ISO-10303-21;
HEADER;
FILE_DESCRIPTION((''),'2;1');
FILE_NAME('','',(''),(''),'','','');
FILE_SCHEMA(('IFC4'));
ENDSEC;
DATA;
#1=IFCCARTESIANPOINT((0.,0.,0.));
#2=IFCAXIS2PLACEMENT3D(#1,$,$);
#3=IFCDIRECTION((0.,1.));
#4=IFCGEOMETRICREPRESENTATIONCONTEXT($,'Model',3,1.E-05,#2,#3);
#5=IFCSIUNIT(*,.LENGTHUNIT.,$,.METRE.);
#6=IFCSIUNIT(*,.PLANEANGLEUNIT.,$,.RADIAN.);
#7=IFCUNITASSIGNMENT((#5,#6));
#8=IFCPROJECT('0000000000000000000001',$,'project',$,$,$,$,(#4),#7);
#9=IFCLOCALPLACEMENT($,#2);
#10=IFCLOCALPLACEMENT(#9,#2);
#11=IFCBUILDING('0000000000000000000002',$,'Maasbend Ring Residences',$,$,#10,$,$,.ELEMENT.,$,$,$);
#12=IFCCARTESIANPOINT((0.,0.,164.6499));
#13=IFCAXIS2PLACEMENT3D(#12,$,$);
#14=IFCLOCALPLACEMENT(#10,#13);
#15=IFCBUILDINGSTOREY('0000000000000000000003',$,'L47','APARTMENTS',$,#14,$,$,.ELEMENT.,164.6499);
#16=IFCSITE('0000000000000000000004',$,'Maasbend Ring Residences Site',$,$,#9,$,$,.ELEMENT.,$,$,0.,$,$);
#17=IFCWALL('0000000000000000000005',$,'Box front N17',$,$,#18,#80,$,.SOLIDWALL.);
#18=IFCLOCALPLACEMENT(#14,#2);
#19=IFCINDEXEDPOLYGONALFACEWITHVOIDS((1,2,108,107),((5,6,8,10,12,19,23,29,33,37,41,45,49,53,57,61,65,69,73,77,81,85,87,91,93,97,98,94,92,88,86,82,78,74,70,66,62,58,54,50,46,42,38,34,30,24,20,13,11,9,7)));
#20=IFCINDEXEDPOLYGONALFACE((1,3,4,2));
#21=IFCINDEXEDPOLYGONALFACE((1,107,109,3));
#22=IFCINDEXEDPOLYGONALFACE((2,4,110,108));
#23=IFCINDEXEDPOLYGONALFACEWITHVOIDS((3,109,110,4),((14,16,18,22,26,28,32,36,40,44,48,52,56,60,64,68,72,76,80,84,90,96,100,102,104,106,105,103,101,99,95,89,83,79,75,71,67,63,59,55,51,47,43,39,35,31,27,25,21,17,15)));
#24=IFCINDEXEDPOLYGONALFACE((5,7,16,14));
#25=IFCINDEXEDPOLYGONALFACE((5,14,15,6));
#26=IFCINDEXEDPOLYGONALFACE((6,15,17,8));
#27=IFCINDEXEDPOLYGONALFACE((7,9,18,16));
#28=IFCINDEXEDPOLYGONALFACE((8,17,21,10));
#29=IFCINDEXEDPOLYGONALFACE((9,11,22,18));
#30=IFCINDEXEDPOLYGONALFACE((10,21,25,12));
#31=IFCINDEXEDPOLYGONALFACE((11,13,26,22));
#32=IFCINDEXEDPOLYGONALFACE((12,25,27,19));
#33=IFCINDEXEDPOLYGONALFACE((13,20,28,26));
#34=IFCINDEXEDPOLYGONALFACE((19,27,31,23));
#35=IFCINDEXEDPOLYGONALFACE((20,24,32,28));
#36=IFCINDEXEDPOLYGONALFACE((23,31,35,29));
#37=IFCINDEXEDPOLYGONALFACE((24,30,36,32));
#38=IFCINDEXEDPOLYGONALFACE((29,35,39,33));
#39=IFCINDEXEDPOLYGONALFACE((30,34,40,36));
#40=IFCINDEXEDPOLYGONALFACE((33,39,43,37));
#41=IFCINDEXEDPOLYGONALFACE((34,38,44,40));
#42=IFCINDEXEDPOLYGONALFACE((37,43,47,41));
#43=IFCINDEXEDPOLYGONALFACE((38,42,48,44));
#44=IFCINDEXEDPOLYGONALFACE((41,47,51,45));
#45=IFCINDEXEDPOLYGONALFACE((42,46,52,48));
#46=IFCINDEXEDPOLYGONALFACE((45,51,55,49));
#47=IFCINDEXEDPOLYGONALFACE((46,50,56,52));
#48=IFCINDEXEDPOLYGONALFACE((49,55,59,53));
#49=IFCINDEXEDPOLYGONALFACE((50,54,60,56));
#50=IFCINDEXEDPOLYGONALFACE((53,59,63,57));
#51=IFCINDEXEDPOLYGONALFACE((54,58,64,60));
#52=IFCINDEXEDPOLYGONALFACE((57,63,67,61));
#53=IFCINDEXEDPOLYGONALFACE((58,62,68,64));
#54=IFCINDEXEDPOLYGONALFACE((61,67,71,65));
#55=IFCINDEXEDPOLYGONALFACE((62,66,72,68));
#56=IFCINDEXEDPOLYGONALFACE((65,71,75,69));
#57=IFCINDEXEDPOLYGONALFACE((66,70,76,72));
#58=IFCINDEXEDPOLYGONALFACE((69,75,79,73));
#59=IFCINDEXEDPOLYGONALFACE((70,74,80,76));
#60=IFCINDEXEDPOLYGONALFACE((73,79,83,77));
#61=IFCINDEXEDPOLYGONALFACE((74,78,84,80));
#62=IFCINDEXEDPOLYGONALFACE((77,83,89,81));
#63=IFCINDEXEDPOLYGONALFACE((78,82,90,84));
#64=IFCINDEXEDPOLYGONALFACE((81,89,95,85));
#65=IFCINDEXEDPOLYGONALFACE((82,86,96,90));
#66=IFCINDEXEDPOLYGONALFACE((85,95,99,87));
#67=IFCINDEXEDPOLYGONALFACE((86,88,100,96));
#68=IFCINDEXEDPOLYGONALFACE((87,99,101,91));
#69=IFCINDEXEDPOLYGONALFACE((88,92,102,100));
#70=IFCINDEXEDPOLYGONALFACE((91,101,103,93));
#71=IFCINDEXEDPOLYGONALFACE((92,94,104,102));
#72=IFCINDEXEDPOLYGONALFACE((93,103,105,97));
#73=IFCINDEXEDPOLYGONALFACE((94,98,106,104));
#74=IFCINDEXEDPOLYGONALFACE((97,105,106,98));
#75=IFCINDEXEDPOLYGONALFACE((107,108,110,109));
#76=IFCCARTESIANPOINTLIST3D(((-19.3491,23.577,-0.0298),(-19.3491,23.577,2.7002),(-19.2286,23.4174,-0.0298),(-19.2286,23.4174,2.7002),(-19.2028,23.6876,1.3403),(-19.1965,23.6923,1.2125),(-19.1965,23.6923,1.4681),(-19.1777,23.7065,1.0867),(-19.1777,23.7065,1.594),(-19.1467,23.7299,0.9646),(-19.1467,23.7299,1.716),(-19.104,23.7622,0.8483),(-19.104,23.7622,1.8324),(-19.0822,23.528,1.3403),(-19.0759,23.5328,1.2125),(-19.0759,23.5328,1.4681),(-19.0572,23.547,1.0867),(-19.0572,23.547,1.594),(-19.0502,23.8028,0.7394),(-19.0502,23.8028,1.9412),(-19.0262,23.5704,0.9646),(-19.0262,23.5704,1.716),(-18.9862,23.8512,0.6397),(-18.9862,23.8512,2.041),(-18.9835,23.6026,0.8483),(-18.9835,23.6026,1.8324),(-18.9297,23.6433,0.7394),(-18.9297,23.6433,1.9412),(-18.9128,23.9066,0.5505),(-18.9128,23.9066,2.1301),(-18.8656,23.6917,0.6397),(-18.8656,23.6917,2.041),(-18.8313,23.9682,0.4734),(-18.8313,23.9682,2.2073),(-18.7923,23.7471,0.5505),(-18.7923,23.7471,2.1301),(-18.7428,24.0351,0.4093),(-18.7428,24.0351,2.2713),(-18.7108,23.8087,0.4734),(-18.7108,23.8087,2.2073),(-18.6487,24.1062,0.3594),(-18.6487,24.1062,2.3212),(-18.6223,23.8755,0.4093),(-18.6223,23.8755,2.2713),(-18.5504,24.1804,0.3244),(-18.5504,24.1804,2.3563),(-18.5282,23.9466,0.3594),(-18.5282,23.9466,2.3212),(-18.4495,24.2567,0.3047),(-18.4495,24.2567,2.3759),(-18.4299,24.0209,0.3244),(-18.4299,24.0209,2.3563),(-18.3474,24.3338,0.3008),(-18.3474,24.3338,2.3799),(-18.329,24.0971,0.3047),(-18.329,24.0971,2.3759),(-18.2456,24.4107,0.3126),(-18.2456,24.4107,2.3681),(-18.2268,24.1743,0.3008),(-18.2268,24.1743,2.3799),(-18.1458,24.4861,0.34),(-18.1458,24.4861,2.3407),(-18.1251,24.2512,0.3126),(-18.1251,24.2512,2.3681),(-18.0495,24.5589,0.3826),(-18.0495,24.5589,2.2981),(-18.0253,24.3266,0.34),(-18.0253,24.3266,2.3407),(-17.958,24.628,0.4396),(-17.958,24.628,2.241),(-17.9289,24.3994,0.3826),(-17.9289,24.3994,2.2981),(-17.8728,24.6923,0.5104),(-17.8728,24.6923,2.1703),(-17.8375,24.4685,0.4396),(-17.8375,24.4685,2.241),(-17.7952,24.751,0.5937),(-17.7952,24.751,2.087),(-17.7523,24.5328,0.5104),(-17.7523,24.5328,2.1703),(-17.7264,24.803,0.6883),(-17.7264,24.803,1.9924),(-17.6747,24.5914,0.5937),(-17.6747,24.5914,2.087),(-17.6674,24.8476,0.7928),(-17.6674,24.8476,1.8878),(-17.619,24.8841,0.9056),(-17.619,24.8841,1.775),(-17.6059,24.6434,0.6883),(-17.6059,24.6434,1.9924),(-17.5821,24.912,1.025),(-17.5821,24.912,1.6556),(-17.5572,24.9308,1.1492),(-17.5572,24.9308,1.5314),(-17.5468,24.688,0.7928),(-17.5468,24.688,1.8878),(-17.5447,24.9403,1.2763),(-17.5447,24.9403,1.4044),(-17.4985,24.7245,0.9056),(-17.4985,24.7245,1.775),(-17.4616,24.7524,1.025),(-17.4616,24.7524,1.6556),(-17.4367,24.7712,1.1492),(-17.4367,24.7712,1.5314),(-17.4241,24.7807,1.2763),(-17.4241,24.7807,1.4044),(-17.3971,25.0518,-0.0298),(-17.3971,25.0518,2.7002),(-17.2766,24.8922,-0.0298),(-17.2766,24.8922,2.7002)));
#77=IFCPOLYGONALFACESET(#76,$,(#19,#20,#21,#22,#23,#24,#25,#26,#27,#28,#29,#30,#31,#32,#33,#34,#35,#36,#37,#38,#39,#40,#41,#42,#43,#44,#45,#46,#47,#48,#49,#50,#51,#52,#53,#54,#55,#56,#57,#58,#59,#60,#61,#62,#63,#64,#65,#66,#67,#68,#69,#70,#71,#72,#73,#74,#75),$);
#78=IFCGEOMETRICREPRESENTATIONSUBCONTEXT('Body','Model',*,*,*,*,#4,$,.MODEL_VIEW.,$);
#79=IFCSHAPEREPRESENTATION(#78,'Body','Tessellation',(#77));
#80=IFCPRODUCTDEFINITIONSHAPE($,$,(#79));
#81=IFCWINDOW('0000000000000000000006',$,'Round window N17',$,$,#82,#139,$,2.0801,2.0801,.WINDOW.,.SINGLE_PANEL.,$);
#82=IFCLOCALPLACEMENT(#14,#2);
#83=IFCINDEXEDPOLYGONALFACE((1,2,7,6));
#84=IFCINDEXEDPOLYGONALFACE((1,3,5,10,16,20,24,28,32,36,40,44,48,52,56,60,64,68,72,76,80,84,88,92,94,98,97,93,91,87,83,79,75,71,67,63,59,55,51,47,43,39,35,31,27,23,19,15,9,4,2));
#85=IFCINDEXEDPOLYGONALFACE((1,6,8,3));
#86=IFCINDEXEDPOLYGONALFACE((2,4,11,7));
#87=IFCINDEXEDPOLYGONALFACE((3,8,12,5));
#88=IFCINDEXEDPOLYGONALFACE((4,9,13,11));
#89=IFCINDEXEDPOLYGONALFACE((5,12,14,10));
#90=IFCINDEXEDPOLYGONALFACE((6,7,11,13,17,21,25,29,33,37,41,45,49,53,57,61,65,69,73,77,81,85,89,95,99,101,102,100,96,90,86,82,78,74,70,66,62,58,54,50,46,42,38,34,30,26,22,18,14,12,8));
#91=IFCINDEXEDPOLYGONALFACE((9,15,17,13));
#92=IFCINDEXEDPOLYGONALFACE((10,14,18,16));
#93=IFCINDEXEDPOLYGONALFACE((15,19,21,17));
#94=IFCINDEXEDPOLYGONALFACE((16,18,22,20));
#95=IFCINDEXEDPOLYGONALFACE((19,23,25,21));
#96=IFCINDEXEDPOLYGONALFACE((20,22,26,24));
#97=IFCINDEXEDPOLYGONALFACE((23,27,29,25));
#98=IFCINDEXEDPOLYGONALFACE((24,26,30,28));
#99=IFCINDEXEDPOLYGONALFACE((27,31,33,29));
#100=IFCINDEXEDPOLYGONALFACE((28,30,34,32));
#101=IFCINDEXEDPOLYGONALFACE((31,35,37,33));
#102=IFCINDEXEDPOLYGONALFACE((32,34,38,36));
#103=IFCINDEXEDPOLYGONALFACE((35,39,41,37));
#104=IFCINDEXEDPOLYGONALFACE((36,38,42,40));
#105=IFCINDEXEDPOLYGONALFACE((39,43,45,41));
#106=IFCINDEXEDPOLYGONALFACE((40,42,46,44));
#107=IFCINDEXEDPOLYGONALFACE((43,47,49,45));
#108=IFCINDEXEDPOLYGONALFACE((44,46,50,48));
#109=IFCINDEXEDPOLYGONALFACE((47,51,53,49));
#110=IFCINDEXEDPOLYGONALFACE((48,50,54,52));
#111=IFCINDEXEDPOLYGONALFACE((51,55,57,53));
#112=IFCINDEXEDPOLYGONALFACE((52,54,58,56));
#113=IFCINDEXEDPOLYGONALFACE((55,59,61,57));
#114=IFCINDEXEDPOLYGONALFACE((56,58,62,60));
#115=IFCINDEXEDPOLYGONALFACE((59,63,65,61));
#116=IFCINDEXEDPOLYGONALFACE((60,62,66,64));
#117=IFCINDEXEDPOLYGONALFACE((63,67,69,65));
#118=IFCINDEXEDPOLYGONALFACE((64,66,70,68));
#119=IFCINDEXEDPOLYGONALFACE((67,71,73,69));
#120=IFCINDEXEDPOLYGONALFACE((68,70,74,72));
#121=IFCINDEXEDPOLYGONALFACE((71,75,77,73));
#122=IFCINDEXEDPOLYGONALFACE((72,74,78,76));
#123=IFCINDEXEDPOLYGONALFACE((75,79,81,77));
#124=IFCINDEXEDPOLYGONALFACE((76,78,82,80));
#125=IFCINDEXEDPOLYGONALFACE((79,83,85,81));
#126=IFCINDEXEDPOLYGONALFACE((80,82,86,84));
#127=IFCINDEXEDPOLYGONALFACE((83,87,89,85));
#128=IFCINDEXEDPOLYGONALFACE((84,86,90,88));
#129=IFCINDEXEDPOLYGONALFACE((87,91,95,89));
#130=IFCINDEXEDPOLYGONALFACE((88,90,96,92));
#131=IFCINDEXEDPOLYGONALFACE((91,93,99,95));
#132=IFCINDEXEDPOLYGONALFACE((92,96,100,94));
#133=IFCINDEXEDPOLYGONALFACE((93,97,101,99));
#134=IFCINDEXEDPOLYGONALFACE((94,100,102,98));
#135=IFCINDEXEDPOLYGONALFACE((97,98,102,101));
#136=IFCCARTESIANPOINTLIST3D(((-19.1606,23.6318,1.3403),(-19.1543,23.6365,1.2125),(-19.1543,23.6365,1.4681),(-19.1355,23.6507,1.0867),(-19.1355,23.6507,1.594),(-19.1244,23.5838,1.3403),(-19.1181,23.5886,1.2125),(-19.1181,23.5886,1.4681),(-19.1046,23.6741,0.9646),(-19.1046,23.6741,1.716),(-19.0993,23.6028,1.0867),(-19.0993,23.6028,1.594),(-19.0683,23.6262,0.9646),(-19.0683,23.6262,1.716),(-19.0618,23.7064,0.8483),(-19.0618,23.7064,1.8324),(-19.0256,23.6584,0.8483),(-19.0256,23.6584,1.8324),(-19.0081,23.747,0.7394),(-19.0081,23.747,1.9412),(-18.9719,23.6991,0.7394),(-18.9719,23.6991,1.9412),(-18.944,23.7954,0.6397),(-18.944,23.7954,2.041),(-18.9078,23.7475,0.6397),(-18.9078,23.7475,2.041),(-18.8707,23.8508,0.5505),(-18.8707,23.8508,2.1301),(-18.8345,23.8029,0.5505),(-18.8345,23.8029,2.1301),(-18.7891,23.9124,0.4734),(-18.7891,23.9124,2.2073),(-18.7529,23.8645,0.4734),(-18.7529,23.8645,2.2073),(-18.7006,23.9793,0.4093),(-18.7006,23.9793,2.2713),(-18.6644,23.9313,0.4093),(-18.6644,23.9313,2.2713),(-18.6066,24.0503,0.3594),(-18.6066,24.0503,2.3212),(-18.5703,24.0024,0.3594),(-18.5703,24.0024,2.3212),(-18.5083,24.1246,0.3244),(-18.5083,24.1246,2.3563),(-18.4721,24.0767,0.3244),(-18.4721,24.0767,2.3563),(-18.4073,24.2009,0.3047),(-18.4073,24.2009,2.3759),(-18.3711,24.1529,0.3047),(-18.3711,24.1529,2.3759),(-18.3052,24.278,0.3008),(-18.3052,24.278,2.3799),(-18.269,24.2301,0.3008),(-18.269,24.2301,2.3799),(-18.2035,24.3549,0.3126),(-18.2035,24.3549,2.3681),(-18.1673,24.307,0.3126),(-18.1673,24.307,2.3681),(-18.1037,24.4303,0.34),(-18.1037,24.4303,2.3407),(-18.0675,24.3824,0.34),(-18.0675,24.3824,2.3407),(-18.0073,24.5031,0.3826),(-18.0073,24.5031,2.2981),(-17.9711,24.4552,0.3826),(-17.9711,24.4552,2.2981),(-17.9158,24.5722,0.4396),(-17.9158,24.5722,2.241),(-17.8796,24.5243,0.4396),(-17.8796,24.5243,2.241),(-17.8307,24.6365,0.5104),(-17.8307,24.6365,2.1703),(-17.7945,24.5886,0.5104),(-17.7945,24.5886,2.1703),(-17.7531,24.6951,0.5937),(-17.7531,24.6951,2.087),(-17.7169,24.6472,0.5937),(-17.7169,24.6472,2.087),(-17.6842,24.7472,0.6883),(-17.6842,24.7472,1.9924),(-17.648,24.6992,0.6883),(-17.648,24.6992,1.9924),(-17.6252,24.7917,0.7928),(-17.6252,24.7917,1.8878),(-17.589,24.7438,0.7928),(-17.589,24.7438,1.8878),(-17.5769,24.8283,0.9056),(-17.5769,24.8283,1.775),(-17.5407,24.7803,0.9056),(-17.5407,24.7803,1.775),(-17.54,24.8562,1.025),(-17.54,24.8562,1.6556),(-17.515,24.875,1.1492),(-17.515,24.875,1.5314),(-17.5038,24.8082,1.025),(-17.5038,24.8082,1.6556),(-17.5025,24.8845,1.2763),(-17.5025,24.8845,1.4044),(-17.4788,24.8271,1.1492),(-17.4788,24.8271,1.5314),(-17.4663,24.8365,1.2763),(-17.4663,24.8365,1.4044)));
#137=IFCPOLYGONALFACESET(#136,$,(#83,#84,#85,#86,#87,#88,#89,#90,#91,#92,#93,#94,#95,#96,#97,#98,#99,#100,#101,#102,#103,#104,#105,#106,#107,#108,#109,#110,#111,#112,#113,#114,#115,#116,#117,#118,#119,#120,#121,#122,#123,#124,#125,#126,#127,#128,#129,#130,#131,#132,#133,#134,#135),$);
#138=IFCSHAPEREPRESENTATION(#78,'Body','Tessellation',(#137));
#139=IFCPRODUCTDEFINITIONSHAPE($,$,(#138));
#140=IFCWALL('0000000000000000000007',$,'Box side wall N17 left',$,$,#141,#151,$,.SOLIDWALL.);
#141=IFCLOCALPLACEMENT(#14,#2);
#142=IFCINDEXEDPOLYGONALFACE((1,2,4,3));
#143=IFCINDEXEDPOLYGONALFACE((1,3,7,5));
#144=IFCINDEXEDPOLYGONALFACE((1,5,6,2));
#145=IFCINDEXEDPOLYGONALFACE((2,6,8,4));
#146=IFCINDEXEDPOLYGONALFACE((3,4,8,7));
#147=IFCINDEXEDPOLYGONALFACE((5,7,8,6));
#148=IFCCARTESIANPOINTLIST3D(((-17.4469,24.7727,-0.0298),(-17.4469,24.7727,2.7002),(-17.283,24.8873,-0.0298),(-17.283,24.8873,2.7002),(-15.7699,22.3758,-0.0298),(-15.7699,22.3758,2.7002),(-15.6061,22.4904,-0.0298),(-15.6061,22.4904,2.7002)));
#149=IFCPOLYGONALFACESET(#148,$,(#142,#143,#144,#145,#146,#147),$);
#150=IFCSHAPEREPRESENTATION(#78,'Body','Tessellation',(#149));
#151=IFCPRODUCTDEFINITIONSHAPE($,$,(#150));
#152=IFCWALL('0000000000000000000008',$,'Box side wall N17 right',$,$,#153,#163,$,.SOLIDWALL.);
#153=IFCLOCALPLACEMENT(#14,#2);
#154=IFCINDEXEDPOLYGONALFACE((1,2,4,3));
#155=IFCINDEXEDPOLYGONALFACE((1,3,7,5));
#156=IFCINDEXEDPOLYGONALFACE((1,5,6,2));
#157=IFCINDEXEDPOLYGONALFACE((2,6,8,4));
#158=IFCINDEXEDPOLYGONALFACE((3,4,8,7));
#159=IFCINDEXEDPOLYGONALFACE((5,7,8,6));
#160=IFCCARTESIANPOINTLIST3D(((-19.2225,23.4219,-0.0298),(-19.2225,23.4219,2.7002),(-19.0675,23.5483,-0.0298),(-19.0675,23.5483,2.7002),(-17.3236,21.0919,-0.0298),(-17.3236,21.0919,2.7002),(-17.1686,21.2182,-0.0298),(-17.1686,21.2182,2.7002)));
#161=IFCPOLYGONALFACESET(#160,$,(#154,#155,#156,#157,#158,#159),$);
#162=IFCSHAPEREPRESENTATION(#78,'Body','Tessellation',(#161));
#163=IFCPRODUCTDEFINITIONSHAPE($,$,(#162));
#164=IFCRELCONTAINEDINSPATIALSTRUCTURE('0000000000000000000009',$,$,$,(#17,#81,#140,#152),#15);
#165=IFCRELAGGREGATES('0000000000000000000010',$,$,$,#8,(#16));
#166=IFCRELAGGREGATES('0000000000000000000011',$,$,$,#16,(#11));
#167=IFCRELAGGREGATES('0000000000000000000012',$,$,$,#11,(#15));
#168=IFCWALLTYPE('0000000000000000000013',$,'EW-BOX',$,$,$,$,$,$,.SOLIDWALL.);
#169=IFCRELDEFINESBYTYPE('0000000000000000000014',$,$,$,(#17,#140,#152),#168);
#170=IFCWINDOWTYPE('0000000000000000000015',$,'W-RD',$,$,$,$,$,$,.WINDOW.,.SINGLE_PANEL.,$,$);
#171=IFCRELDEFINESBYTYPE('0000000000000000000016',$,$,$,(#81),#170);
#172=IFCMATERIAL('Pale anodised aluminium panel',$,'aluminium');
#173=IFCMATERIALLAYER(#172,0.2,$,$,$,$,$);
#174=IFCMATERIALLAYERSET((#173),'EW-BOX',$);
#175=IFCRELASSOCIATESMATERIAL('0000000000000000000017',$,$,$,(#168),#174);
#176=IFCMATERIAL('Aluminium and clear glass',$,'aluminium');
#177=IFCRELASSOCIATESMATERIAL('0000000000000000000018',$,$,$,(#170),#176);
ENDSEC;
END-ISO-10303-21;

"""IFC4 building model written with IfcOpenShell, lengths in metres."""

from ifc_helpers import new_model, si_unit, direction, frame, frame_2d, origin, place, context, subcontext, project, spatial, rectangle, circle, extrude, material, layer, layer_set, type_object, element, fill, save


model = new_model("IFC4")

# Units and contexts
model_context = context("Model", 3, precision=1e-05, world=origin(), true_north=direction((0.0, 1.0)))
body_context = subcontext(model_context, "Body", "Model", "MODEL_VIEW")
ifc_project = project(units=[si_unit("LENGTHUNIT", "METRE"), si_unit("PLANEANGLEUNIT", "RADIAN")], contexts=[model_context])

# Site, building, storey
site_placement = place(None, origin())
site = spatial("IfcSite", under=ifc_project, at=site_placement, Name="Maasbend Ring Residences Site", CompositionType="ELEMENT", RefElevation=0.0)
building_placement = place(site_placement, origin())
building = spatial("IfcBuilding", under=site, at=building_placement, Name="Maasbend Ring Residences", CompositionType="ELEMENT")
storey_placement = place(building_placement, frame((0.0, 0.0, 164.6499)))
storey = spatial("IfcBuildingStorey", under=building, at=storey_placement, Name="L47", Description="APARTMENTS", CompositionType="ELEMENT", Elevation=164.6499)

# Shared definitions
ifc_material_1 = material(Name="Pale anodised aluminium panel", Category="aluminium")
ifc_layer_1 = layer(ifc_material_1, 0.2)
ifc_layer_set_1 = layer_set([ifc_layer_1], Name="EW-BOX")
wall_type_1 = type_object("IfcWallType", Name="EW-BOX", PredefinedType="SOLIDWALL", material=ifc_layer_set_1)

# Wall, opening, window
wall_1_placement = place(storey_placement, frame((-17.3369, 24.9719, -0.0298), z_axis=(0.0, 0.0, 1.0), x_axis=(-0.797888, -0.602806, 0.0)))
wall_1 = element("IfcWall", 1, at=wall_1_placement, inside=storey, type_object=wall_type_1, Name="Box front N17", PredefinedType="SOLIDWALL", context=body_context, shape_type="SweptSolid", body=[
    extrude(rectangle(XDim=2.4465, YDim=0.2, at=frame_2d((1.2231, 0.0))), origin(), (0.0, 0.0, 1.0), 2.73),
])
opening_1_placement = place(wall_1_placement, frame((0.1829, 0.0, 0.3301)))
opening_1 = element("IfcOpeningElement", 2, at=opening_1_placement, cuts=wall_1, PredefinedType="OPENING", context=body_context, shape_type="SweptSolid", body=[
    extrude(circle(Radius=1.04, at=frame_2d((1.04, 1.04))), frame((0.0, 0.1099, 0.0), z_axis=(0.0, -1.0, 0.0), x_axis=(1.0, 0.0, 0.0)), (0.0, 0.0, 1.0), 0.22),
])
ifc_material_2 = material(Name="Aluminium and clear glass", Category="aluminium")
window_type_1 = type_object("IfcWindowType", Name="W-RD", PartitioningType="SINGLE_PANEL", PredefinedType="WINDOW", material=ifc_material_2)
window_1_placement = place(opening_1_placement, origin())
window_1 = element("IfcWindow", 3, at=window_1_placement, inside=storey, type_object=window_type_1, Name="Round window N17", OverallHeight=2.0801, OverallWidth=2.0801, PartitioningType="SINGLE_PANEL", PredefinedType="WINDOW", context=body_context, shape_type="SweptSolid", body=[
    extrude(circle(Radius=1.04, at=frame_2d((1.04, 1.04))), frame((0.0, 0.03, 0.0), z_axis=(0.0, -1.0, 0.0), x_axis=(1.0, 0.0, 0.0)), (0.0, 0.0, 1.0), 0.0601),
])
fill(opening_1, window_1)

# Walls
wall_2_placement = place(storey_placement, frame((-15.688, 22.4331, -0.0298), z_axis=(0.0, 0.0, 1.0), x_axis=(-0.573261, 0.819373, 0.0)))
element("IfcWall", 4, at=wall_2_placement, inside=storey, type_object=wall_type_1, Name="Box side wall N17 left", PredefinedType="SOLIDWALL", context=body_context, shape_type="SweptSolid", body=[
    extrude(rectangle(XDim=2.9253, YDim=0.2, at=frame_2d((1.4626, 0.0))), origin(), (0.0, 0.0, 1.0), 2.73),
])
wall_3_placement = place(storey_placement, frame((-17.2461, 21.155, -0.0298), z_axis=(0.0, 0.0, 1.0), x_axis=(-0.631742, 0.775179, 0.0)))
element("IfcWall", 5, at=wall_3_placement, inside=storey, type_object=wall_type_1, Name="Box side wall N17 right", PredefinedType="SOLIDWALL", context=body_context, shape_type="SweptSolid", body=[
    extrude(rectangle(XDim=3.0059, YDim=0.2, at=frame_2d((1.5029, 0.0))), origin(), (0.0, 0.0, 1.0), 2.73),
])

save(model, "model.ifc")
